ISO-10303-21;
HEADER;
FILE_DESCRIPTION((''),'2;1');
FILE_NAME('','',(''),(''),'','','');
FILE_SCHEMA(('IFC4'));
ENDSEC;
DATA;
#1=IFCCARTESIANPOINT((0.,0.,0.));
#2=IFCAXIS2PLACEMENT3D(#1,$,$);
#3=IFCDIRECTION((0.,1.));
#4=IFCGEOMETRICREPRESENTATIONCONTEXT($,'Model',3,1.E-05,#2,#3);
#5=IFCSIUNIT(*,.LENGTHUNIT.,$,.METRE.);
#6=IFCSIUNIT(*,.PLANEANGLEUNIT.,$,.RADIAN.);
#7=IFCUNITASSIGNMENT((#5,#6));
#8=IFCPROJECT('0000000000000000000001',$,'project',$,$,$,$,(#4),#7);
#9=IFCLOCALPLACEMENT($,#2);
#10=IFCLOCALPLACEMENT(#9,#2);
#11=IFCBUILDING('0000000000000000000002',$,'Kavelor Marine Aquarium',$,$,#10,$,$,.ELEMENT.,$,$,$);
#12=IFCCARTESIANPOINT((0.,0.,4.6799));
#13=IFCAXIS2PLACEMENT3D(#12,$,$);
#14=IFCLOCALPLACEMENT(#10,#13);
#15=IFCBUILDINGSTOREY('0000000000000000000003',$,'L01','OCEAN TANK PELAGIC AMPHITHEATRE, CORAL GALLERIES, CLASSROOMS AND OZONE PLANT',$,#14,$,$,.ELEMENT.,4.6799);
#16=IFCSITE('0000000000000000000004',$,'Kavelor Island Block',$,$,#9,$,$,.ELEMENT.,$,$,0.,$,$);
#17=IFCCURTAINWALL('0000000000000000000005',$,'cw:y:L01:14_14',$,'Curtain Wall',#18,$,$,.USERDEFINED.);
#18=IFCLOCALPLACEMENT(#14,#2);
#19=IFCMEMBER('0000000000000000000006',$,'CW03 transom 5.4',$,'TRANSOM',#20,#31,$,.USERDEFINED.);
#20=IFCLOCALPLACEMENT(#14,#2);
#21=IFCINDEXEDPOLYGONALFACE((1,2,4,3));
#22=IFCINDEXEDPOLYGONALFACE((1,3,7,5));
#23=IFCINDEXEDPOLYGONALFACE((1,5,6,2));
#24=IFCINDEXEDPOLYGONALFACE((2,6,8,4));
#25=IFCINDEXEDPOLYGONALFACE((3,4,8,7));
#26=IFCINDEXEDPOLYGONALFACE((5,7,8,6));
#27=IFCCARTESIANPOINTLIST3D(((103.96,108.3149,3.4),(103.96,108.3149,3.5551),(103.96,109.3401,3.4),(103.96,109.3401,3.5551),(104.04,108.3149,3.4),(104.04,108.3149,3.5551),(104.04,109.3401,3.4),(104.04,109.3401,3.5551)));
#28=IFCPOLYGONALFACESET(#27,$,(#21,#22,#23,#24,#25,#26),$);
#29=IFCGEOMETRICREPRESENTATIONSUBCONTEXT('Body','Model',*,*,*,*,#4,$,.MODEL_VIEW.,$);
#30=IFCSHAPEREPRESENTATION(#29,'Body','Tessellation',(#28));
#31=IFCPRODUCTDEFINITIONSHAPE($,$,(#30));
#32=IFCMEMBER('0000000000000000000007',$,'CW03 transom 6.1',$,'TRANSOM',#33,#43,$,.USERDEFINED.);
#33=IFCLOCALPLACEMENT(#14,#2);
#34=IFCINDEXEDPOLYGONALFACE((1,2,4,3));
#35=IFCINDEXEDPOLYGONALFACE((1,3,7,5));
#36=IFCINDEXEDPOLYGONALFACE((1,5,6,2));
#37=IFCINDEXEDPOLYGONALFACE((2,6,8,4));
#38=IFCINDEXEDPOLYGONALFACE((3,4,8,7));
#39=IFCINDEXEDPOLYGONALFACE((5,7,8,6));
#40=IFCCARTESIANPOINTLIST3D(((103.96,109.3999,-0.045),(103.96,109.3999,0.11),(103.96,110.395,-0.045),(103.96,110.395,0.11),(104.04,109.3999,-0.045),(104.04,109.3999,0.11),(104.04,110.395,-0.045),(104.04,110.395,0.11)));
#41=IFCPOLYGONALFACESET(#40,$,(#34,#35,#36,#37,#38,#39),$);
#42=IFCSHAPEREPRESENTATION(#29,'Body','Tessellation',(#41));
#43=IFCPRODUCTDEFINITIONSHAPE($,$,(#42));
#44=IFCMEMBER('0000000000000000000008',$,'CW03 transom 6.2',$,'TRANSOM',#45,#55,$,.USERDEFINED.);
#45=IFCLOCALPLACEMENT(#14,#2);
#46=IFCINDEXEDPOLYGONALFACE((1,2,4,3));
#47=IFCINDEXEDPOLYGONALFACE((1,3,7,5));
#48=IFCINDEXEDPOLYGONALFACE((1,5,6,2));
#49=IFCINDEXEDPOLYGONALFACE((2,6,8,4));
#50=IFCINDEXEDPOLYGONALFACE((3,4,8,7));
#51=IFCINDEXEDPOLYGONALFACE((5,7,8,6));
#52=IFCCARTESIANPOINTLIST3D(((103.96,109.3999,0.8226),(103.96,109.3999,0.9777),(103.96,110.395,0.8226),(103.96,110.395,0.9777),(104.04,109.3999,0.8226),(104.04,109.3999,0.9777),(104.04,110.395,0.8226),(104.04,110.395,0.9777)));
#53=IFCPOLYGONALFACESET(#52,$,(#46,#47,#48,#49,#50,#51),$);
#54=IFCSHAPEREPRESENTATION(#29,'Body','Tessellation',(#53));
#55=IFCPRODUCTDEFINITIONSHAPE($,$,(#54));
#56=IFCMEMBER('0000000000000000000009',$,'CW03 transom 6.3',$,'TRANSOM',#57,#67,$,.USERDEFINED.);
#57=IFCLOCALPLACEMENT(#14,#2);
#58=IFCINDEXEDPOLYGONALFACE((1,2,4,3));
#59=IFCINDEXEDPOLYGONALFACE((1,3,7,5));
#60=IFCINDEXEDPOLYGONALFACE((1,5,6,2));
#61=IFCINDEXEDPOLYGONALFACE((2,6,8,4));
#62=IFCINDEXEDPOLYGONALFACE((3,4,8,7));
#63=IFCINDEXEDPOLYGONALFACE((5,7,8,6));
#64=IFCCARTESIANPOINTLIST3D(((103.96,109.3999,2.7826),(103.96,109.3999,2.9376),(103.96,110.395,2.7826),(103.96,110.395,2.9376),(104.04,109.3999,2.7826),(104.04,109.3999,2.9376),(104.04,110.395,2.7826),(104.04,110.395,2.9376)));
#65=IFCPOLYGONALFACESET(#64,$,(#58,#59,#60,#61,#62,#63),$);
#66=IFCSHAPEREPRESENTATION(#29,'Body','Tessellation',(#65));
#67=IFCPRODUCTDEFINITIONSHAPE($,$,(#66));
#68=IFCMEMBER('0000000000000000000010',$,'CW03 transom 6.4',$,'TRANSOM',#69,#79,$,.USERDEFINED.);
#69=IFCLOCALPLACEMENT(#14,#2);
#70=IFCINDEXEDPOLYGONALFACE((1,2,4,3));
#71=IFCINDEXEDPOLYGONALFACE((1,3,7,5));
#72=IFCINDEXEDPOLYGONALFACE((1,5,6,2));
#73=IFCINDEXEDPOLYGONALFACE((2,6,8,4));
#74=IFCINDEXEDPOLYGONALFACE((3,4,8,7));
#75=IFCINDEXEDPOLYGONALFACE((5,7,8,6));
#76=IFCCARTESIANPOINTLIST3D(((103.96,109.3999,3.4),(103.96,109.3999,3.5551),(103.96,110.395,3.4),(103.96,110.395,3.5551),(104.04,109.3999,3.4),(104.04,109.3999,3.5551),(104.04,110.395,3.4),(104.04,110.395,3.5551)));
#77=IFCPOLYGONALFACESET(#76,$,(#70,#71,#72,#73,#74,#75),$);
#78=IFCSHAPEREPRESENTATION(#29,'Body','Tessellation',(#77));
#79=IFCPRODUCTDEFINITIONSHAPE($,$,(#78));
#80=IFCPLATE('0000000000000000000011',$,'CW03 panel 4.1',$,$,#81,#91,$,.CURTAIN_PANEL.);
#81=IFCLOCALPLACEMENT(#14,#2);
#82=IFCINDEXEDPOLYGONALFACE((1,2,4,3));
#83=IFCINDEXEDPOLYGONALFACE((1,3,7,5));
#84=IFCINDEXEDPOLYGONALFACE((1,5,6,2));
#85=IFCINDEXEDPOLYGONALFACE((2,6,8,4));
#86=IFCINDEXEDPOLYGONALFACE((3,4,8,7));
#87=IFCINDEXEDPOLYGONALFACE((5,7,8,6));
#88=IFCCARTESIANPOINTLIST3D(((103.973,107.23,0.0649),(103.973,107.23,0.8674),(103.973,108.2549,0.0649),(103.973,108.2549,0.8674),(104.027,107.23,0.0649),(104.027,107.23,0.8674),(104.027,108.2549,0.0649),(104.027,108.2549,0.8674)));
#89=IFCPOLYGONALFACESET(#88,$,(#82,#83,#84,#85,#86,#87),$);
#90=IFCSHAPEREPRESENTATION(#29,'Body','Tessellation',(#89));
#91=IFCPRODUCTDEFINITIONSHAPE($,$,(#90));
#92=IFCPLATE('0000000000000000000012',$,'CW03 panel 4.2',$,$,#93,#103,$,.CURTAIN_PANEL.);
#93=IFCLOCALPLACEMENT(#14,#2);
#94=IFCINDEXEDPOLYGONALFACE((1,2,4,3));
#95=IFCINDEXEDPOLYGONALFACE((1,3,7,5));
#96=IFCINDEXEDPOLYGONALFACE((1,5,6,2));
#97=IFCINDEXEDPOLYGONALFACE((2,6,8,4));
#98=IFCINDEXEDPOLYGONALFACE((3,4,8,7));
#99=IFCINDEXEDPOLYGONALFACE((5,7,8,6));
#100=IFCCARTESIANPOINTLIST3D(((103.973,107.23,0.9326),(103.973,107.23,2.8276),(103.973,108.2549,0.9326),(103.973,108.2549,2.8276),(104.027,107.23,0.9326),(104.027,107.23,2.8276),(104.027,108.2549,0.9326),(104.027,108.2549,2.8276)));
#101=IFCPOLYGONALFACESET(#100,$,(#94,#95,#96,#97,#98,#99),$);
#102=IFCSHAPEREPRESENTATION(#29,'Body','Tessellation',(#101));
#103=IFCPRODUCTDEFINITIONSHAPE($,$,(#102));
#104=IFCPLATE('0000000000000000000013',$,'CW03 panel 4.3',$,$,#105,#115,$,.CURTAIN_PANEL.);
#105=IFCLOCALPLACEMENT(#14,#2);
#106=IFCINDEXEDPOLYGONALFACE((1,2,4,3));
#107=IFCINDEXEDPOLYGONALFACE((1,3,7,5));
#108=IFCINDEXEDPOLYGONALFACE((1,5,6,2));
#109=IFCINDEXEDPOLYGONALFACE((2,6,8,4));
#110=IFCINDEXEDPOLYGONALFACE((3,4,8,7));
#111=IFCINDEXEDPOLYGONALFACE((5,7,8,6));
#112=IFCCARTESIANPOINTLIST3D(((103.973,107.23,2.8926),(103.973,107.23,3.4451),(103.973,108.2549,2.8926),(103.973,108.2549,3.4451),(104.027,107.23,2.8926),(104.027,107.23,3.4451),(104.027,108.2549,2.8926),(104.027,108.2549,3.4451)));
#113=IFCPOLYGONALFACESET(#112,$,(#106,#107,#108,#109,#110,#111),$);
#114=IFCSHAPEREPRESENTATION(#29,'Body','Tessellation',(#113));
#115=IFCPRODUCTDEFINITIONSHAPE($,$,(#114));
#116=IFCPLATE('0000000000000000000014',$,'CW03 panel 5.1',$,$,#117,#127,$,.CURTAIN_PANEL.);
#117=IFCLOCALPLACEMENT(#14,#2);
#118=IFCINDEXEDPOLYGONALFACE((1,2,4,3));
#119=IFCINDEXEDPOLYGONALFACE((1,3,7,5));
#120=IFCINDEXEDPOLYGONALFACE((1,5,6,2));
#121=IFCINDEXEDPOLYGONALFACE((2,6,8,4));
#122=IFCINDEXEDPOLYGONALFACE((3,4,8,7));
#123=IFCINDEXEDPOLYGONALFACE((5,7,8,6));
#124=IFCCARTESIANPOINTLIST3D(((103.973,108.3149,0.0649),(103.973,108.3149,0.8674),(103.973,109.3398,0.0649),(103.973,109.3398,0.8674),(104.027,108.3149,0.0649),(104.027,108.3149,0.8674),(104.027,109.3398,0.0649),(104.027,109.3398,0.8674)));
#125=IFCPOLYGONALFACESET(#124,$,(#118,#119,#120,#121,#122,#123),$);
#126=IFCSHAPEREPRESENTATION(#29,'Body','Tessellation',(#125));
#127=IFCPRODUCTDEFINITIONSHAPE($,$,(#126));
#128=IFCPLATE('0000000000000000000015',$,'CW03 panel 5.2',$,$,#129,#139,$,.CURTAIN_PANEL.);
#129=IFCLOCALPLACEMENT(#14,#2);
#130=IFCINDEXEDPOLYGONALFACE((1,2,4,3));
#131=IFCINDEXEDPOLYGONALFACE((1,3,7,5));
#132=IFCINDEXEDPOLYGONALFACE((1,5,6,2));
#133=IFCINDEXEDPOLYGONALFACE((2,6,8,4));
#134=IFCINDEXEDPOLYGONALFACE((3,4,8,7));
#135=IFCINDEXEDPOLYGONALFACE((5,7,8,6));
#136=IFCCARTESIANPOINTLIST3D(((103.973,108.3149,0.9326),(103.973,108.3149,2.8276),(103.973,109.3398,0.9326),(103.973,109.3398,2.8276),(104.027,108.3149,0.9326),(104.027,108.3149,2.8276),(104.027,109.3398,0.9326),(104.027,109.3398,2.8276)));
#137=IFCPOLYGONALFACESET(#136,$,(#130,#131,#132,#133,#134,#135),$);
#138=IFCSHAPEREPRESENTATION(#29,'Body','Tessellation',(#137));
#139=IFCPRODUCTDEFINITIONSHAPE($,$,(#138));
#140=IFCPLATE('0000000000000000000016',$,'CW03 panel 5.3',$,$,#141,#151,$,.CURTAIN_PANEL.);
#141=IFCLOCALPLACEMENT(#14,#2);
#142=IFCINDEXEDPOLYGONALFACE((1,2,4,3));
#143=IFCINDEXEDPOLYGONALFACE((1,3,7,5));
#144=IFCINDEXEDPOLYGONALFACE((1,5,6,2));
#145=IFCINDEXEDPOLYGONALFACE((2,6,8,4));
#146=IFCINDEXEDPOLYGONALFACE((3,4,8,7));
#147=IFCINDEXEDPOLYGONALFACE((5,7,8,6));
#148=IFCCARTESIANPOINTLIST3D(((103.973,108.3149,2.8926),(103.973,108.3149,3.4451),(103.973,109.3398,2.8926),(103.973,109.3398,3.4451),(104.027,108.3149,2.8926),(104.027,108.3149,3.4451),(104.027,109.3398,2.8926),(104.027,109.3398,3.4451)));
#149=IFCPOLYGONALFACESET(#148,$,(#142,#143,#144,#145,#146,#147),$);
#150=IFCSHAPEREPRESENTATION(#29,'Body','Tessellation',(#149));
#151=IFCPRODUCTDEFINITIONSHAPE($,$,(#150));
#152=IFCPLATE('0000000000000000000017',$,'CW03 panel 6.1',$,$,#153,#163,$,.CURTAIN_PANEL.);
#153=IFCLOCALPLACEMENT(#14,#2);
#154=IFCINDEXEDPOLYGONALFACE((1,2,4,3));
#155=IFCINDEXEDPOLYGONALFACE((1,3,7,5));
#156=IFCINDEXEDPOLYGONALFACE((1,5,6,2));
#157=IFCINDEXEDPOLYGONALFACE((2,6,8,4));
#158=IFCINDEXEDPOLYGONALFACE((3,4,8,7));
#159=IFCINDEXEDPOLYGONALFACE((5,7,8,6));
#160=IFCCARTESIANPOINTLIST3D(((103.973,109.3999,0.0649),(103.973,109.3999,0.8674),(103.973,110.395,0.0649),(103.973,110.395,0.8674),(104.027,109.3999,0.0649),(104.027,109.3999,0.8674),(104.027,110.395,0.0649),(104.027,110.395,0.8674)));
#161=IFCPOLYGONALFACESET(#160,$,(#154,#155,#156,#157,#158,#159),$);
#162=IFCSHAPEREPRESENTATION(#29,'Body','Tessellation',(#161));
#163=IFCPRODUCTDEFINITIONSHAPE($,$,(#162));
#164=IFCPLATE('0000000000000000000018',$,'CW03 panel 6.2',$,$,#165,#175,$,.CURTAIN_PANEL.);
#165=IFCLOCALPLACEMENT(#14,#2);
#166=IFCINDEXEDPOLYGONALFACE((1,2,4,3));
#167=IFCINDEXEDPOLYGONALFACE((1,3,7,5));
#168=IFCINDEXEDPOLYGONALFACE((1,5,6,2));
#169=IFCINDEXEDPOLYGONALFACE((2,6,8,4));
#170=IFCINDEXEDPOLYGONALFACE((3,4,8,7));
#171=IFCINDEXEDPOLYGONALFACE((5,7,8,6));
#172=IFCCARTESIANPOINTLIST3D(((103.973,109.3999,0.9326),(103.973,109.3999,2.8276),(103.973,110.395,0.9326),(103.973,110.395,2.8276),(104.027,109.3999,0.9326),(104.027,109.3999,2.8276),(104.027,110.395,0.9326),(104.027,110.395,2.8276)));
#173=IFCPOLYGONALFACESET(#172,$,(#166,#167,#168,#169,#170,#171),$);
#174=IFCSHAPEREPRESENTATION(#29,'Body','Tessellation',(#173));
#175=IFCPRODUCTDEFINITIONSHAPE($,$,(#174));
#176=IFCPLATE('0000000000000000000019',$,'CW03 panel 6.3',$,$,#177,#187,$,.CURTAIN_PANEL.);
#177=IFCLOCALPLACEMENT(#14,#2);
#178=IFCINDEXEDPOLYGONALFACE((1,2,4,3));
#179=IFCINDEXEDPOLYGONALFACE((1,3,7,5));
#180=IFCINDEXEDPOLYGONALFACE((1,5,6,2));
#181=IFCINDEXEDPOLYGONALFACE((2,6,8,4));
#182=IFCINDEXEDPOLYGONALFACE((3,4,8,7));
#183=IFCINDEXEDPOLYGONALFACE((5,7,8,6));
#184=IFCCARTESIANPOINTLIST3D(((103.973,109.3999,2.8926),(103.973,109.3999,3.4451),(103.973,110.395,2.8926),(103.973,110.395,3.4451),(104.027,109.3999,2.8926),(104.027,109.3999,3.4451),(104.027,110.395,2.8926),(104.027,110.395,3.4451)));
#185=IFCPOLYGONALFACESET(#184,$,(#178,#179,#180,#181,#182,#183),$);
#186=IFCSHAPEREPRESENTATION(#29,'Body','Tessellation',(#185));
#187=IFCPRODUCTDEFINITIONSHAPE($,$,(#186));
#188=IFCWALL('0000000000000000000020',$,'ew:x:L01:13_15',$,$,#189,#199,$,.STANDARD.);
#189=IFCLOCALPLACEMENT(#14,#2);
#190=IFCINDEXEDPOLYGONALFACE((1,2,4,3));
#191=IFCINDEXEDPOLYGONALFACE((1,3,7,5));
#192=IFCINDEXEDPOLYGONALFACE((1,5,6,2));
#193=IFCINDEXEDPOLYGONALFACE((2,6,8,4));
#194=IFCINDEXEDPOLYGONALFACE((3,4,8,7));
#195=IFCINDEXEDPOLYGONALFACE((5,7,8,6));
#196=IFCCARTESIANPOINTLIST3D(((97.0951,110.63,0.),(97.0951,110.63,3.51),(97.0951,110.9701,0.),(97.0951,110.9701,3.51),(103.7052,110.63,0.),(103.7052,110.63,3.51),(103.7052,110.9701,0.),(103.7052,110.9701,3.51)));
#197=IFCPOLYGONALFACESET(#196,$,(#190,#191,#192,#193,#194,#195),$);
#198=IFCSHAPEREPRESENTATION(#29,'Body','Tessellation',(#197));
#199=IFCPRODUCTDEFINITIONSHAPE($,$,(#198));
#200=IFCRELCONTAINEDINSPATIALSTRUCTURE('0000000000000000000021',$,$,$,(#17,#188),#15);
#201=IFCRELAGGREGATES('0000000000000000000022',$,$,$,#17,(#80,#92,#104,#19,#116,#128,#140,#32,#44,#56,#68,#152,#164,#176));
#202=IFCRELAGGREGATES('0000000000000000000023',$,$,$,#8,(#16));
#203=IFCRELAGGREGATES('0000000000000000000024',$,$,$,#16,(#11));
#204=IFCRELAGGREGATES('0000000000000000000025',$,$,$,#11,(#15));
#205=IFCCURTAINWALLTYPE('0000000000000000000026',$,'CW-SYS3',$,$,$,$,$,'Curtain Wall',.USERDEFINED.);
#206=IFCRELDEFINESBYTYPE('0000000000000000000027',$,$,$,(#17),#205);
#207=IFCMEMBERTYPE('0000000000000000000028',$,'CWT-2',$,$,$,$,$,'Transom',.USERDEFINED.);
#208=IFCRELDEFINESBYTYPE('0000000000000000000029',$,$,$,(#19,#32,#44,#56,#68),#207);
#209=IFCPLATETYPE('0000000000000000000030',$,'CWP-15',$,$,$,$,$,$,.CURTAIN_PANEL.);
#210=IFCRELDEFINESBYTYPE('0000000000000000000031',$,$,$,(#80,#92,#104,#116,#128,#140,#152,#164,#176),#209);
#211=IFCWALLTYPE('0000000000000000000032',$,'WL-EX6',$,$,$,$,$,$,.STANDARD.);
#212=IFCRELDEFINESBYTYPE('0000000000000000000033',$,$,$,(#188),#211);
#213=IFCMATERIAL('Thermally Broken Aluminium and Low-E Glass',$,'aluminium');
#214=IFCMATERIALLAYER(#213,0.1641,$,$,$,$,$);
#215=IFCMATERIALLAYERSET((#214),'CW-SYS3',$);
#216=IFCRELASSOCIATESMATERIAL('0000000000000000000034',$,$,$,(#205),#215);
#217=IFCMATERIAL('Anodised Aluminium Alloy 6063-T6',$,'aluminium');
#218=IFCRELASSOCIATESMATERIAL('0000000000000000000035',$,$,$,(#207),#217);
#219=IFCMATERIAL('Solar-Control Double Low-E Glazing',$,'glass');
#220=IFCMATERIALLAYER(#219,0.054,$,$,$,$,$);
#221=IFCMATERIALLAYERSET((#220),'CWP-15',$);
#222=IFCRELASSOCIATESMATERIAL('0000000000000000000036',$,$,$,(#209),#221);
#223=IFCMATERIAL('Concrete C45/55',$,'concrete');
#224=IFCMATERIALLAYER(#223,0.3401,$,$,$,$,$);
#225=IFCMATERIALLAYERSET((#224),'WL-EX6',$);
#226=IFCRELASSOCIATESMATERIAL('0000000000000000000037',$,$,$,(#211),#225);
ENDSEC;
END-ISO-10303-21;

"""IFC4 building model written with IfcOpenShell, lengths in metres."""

from ifc_helpers import new_model, si_unit, direction, frame, frame_2d, origin, origin_2d, place, context, subcontext, project, spatial, rectangle, extrude, material, layer, layer_set, material_profile, profile_set, type_object, element, aggregate, save


model = new_model("IFC4")

# Units and contexts
model_context = context("Model", 3, precision=1e-05, world=origin(), true_north=direction((0.0, 1.0)))
body_context = subcontext(model_context, "Body", "Model", "MODEL_VIEW")
ifc_project = project(units=[si_unit("LENGTHUNIT", "METRE"), si_unit("PLANEANGLEUNIT", "RADIAN")], contexts=[model_context])

# Site, building, storey
site_placement = place(None, origin())
site = spatial("IfcSite", under=ifc_project, at=site_placement, Name="Kavelor Island Block", CompositionType="ELEMENT", RefElevation=0.0)
building_placement = place(site_placement, origin())
building = spatial("IfcBuilding", under=site, at=building_placement, Name="Kavelor Marine Aquarium", CompositionType="ELEMENT")
storey_placement = place(building_placement, frame((0.0, 0.0, 4.6799)))
storey = spatial("IfcBuildingStorey", under=building, at=storey_placement, Name="L01", Description="OCEAN TANK PELAGIC AMPHITHEATRE, CORAL GALLERIES, CLASSROOMS AND OZONE PLANT", CompositionType="ELEMENT", Elevation=4.6799)

# Curtain wall, members, plates
ifc_material_1 = material(Name="Thermally Broken Aluminium and Low-E Glass", Category="aluminium")
ifc_layer_1 = layer(ifc_material_1, 0.1641)
ifc_layer_set_1 = layer_set([ifc_layer_1], Name="CW-SYS3")
curtain_wall_type = type_object("IfcCurtainWallType", Name="CW-SYS3", ElementType="Curtain Wall", PredefinedType="USERDEFINED", material=ifc_layer_set_1)
curtain_wall_placement = place(storey_placement, origin())
curtain_wall = element("IfcCurtainWall", 1, at=curtain_wall_placement, inside=storey, type_object=curtain_wall_type, Name="cw:y:L01:14_14", ObjectType="Curtain Wall", PredefinedType="USERDEFINED")
ifc_material_2 = material(Name="Anodised Aluminium Alloy 6063-T6", Category="aluminium")
ifc_material_profile_1 = material_profile(ifc_material_2, rectangle(XDim=0.0801, YDim=0.155, at=origin_2d()), Name="CW-TRN 80x155")
ifc_profile_set_1 = profile_set([ifc_material_profile_1], Name="Anodised Aluminium Alloy 6063-T6")
member_type_1 = type_object("IfcMemberType", Name="CWT-2", ElementType="Transom", PredefinedType="USERDEFINED", material=ifc_profile_set_1)
member_1_placement = place(storey_placement, frame((104.0, 108.3149, 3.4775), z_axis=(0.0, 1.0, 0.0), x_axis=(-1.0, 0.0, 0.0)))
member_1 = element("IfcMember", 2, at=member_1_placement, type_object=member_type_1, Name="CW03 transom 5.4", ObjectType="TRANSOM", PredefinedType="USERDEFINED", context=body_context, shape_type="SweptSolid", body=[
    extrude(rectangle(XDim=0.0801, YDim=0.155, at=origin_2d()), origin(), (0.0, 0.0, 1.0), 1.0251),
])
member_2_placement = place(storey_placement, frame((104.0, 109.3999, 0.0325), z_axis=(0.0, 1.0, 0.0), x_axis=(-1.0, 0.0, 0.0)))
member_2 = element("IfcMember", 3, at=member_2_placement, type_object=member_type_1, Name="CW03 transom 6.1", ObjectType="TRANSOM", PredefinedType="USERDEFINED", context=body_context, shape_type="SweptSolid", body=[
    extrude(rectangle(XDim=0.0801, YDim=0.155, at=origin_2d()), origin(), (0.0, 0.0, 1.0), 0.9951),
])
member_3_placement = place(storey_placement, frame((104.0, 109.3999, 0.9001), z_axis=(0.0, 1.0, 0.0), x_axis=(-1.0, 0.0, 0.0)))
member_3 = element("IfcMember", 4, at=member_3_placement, type_object=member_type_1, Name="CW03 transom 6.2", ObjectType="TRANSOM", PredefinedType="USERDEFINED", context=body_context, shape_type="SweptSolid", body=[
    extrude(rectangle(XDim=0.0801, YDim=0.155, at=origin_2d()), origin(), (0.0, 0.0, 1.0), 0.9951),
])
member_4_placement = place(storey_placement, frame((104.0, 109.3999, 2.8601), z_axis=(0.0, 1.0, 0.0), x_axis=(-1.0, 0.0, 0.0)))
member_4 = element("IfcMember", 5, at=member_4_placement, type_object=member_type_1, Name="CW03 transom 6.3", ObjectType="TRANSOM", PredefinedType="USERDEFINED", context=body_context, shape_type="SweptSolid", body=[
    extrude(rectangle(XDim=0.0801, YDim=0.155, at=origin_2d()), origin(), (0.0, 0.0, 1.0), 0.9951),
])
member_5_placement = place(storey_placement, frame((104.0, 109.3999, 3.4775), z_axis=(0.0, 1.0, 0.0), x_axis=(-1.0, 0.0, 0.0)))
member_5 = element("IfcMember", 6, at=member_5_placement, type_object=member_type_1, Name="CW03 transom 6.4", ObjectType="TRANSOM", PredefinedType="USERDEFINED", context=body_context, shape_type="SweptSolid", body=[
    extrude(rectangle(XDim=0.0801, YDim=0.155, at=origin_2d()), origin(), (0.0, 0.0, 1.0), 0.9951),
])
ifc_material_3 = material(Name="Solar-Control Double Low-E Glazing", Category="glass")
ifc_layer_2 = layer(ifc_material_3, 0.054)
ifc_layer_set_2 = layer_set([ifc_layer_2], Name="CWP-15")
plate_type = type_object("IfcPlateType", Name="CWP-15", PredefinedType="CURTAIN_PANEL", material=ifc_layer_set_2)
plate_1_placement = place(storey_placement, frame((104.0, 107.7424, 0.0649), z_axis=(0.0, 0.0, 1.0), x_axis=(0.0, 1.0, 0.0)))
plate_1 = element("IfcPlate", 7, at=plate_1_placement, type_object=plate_type, Name="CW03 panel 4.1", PredefinedType="CURTAIN_PANEL", context=body_context, shape_type="SweptSolid", body=[
    extrude(rectangle(XDim=1.0249, YDim=0.054, at=origin_2d()), origin(), (0.0, 0.0, 1.0), 0.8025),
])
plate_2_placement = place(storey_placement, frame((104.0, 107.7424, 0.9326), z_axis=(0.0, 0.0, 1.0), x_axis=(0.0, 1.0, 0.0)))
plate_2 = element("IfcPlate", 8, at=plate_2_placement, type_object=plate_type, Name="CW03 panel 4.2", PredefinedType="CURTAIN_PANEL", context=body_context, shape_type="SweptSolid", body=[
    extrude(rectangle(XDim=1.0249, YDim=0.054, at=origin_2d()), origin(), (0.0, 0.0, 1.0), 1.895),
])
plate_3_placement = place(storey_placement, frame((104.0, 107.7424, 2.8926), z_axis=(0.0, 0.0, 1.0), x_axis=(0.0, 1.0, 0.0)))
plate_3 = element("IfcPlate", 9, at=plate_3_placement, type_object=plate_type, Name="CW03 panel 4.3", PredefinedType="CURTAIN_PANEL", context=body_context, shape_type="SweptSolid", body=[
    extrude(rectangle(XDim=1.0249, YDim=0.054, at=origin_2d()), origin(), (0.0, 0.0, 1.0), 0.5525),
])
plate_4_placement = place(storey_placement, frame((104.0, 108.8274, 0.0649), z_axis=(0.0, 0.0, 1.0), x_axis=(0.0, 1.0, 0.0)))
plate_4 = element("IfcPlate", 10, at=plate_4_placement, type_object=plate_type, Name="CW03 panel 5.1", PredefinedType="CURTAIN_PANEL", context=body_context, shape_type="SweptSolid", body=[
    extrude(rectangle(XDim=1.0249, YDim=0.054, at=origin_2d()), origin(), (0.0, 0.0, 1.0), 0.8025),
])
plate_5_placement = place(storey_placement, frame((104.0, 108.8274, 0.9326), z_axis=(0.0, 0.0, 1.0), x_axis=(0.0, 1.0, 0.0)))
plate_5 = element("IfcPlate", 11, at=plate_5_placement, type_object=plate_type, Name="CW03 panel 5.2", PredefinedType="CURTAIN_PANEL", context=body_context, shape_type="SweptSolid", body=[
    extrude(rectangle(XDim=1.0249, YDim=0.054, at=origin_2d()), origin(), (0.0, 0.0, 1.0), 1.895),
])
plate_6_placement = place(storey_placement, frame((104.0, 108.8274, 2.8926), z_axis=(0.0, 0.0, 1.0), x_axis=(0.0, 1.0, 0.0)))
plate_6 = element("IfcPlate", 12, at=plate_6_placement, type_object=plate_type, Name="CW03 panel 5.3", PredefinedType="CURTAIN_PANEL", context=body_context, shape_type="SweptSolid", body=[
    extrude(rectangle(XDim=1.0249, YDim=0.054, at=origin_2d()), origin(), (0.0, 0.0, 1.0), 0.5525),
])
plate_7_placement = place(storey_placement, frame((104.0, 109.8975, 0.0649), z_axis=(0.0, 0.0, 1.0), x_axis=(0.0, 1.0, 0.0)))
plate_7 = element("IfcPlate", 13, at=plate_7_placement, type_object=plate_type, Name="CW03 panel 6.1", PredefinedType="CURTAIN_PANEL", context=body_context, shape_type="SweptSolid", body=[
    extrude(rectangle(XDim=0.9951, YDim=0.054, at=origin_2d()), origin(), (0.0, 0.0, 1.0), 0.8025),
])
plate_8_placement = place(storey_placement, frame((104.0, 109.8975, 0.9326), z_axis=(0.0, 0.0, 1.0), x_axis=(0.0, 1.0, 0.0)))
plate_8 = element("IfcPlate", 14, at=plate_8_placement, type_object=plate_type, Name="CW03 panel 6.2", PredefinedType="CURTAIN_PANEL", context=body_context, shape_type="SweptSolid", body=[
    extrude(rectangle(XDim=0.9951, YDim=0.054, at=origin_2d()), origin(), (0.0, 0.0, 1.0), 1.895),
])
plate_9_placement = place(storey_placement, frame((104.0, 109.8975, 2.8926), z_axis=(0.0, 0.0, 1.0), x_axis=(0.0, 1.0, 0.0)))
plate_9 = element("IfcPlate", 15, at=plate_9_placement, type_object=plate_type, Name="CW03 panel 6.3", PredefinedType="CURTAIN_PANEL", context=body_context, shape_type="SweptSolid", body=[
    extrude(rectangle(XDim=0.9951, YDim=0.054, at=origin_2d()), origin(), (0.0, 0.0, 1.0), 0.5525),
])
aggregate(curtain_wall, [plate_1, plate_2, plate_3, member_1, plate_4, plate_5, plate_6, member_2, member_3, member_4, member_5, plate_7, plate_8, plate_9])

# Wall
ifc_material_4 = material(Name="Concrete C45/55", Category="concrete")
ifc_layer_3 = layer(ifc_material_4, 0.3401)
ifc_layer_set_3 = layer_set([ifc_layer_3], Name="WL-EX6")
wall_type = type_object("IfcWallType", Name="WL-EX6", PredefinedType="STANDARD", material=ifc_layer_set_3)
wall_placement = place(storey_placement, frame((97.095, 110.8, 0.0), z_axis=(0.0, 0.0, 1.0), x_axis=(1.0, 0.0, 0.0)))
element("IfcWall", 16, at=wall_placement, inside=storey, type_object=wall_type, Name="ew:x:L01:13_15", PredefinedType="STANDARD", context=body_context, shape_type="SweptSolid", body=[
    extrude(rectangle(XDim=6.6101, YDim=0.3401, at=frame_2d((3.3052, 0.0))), origin(), (0.0, 0.0, 1.0), 3.51),
])

save(model, "model.ifc")
